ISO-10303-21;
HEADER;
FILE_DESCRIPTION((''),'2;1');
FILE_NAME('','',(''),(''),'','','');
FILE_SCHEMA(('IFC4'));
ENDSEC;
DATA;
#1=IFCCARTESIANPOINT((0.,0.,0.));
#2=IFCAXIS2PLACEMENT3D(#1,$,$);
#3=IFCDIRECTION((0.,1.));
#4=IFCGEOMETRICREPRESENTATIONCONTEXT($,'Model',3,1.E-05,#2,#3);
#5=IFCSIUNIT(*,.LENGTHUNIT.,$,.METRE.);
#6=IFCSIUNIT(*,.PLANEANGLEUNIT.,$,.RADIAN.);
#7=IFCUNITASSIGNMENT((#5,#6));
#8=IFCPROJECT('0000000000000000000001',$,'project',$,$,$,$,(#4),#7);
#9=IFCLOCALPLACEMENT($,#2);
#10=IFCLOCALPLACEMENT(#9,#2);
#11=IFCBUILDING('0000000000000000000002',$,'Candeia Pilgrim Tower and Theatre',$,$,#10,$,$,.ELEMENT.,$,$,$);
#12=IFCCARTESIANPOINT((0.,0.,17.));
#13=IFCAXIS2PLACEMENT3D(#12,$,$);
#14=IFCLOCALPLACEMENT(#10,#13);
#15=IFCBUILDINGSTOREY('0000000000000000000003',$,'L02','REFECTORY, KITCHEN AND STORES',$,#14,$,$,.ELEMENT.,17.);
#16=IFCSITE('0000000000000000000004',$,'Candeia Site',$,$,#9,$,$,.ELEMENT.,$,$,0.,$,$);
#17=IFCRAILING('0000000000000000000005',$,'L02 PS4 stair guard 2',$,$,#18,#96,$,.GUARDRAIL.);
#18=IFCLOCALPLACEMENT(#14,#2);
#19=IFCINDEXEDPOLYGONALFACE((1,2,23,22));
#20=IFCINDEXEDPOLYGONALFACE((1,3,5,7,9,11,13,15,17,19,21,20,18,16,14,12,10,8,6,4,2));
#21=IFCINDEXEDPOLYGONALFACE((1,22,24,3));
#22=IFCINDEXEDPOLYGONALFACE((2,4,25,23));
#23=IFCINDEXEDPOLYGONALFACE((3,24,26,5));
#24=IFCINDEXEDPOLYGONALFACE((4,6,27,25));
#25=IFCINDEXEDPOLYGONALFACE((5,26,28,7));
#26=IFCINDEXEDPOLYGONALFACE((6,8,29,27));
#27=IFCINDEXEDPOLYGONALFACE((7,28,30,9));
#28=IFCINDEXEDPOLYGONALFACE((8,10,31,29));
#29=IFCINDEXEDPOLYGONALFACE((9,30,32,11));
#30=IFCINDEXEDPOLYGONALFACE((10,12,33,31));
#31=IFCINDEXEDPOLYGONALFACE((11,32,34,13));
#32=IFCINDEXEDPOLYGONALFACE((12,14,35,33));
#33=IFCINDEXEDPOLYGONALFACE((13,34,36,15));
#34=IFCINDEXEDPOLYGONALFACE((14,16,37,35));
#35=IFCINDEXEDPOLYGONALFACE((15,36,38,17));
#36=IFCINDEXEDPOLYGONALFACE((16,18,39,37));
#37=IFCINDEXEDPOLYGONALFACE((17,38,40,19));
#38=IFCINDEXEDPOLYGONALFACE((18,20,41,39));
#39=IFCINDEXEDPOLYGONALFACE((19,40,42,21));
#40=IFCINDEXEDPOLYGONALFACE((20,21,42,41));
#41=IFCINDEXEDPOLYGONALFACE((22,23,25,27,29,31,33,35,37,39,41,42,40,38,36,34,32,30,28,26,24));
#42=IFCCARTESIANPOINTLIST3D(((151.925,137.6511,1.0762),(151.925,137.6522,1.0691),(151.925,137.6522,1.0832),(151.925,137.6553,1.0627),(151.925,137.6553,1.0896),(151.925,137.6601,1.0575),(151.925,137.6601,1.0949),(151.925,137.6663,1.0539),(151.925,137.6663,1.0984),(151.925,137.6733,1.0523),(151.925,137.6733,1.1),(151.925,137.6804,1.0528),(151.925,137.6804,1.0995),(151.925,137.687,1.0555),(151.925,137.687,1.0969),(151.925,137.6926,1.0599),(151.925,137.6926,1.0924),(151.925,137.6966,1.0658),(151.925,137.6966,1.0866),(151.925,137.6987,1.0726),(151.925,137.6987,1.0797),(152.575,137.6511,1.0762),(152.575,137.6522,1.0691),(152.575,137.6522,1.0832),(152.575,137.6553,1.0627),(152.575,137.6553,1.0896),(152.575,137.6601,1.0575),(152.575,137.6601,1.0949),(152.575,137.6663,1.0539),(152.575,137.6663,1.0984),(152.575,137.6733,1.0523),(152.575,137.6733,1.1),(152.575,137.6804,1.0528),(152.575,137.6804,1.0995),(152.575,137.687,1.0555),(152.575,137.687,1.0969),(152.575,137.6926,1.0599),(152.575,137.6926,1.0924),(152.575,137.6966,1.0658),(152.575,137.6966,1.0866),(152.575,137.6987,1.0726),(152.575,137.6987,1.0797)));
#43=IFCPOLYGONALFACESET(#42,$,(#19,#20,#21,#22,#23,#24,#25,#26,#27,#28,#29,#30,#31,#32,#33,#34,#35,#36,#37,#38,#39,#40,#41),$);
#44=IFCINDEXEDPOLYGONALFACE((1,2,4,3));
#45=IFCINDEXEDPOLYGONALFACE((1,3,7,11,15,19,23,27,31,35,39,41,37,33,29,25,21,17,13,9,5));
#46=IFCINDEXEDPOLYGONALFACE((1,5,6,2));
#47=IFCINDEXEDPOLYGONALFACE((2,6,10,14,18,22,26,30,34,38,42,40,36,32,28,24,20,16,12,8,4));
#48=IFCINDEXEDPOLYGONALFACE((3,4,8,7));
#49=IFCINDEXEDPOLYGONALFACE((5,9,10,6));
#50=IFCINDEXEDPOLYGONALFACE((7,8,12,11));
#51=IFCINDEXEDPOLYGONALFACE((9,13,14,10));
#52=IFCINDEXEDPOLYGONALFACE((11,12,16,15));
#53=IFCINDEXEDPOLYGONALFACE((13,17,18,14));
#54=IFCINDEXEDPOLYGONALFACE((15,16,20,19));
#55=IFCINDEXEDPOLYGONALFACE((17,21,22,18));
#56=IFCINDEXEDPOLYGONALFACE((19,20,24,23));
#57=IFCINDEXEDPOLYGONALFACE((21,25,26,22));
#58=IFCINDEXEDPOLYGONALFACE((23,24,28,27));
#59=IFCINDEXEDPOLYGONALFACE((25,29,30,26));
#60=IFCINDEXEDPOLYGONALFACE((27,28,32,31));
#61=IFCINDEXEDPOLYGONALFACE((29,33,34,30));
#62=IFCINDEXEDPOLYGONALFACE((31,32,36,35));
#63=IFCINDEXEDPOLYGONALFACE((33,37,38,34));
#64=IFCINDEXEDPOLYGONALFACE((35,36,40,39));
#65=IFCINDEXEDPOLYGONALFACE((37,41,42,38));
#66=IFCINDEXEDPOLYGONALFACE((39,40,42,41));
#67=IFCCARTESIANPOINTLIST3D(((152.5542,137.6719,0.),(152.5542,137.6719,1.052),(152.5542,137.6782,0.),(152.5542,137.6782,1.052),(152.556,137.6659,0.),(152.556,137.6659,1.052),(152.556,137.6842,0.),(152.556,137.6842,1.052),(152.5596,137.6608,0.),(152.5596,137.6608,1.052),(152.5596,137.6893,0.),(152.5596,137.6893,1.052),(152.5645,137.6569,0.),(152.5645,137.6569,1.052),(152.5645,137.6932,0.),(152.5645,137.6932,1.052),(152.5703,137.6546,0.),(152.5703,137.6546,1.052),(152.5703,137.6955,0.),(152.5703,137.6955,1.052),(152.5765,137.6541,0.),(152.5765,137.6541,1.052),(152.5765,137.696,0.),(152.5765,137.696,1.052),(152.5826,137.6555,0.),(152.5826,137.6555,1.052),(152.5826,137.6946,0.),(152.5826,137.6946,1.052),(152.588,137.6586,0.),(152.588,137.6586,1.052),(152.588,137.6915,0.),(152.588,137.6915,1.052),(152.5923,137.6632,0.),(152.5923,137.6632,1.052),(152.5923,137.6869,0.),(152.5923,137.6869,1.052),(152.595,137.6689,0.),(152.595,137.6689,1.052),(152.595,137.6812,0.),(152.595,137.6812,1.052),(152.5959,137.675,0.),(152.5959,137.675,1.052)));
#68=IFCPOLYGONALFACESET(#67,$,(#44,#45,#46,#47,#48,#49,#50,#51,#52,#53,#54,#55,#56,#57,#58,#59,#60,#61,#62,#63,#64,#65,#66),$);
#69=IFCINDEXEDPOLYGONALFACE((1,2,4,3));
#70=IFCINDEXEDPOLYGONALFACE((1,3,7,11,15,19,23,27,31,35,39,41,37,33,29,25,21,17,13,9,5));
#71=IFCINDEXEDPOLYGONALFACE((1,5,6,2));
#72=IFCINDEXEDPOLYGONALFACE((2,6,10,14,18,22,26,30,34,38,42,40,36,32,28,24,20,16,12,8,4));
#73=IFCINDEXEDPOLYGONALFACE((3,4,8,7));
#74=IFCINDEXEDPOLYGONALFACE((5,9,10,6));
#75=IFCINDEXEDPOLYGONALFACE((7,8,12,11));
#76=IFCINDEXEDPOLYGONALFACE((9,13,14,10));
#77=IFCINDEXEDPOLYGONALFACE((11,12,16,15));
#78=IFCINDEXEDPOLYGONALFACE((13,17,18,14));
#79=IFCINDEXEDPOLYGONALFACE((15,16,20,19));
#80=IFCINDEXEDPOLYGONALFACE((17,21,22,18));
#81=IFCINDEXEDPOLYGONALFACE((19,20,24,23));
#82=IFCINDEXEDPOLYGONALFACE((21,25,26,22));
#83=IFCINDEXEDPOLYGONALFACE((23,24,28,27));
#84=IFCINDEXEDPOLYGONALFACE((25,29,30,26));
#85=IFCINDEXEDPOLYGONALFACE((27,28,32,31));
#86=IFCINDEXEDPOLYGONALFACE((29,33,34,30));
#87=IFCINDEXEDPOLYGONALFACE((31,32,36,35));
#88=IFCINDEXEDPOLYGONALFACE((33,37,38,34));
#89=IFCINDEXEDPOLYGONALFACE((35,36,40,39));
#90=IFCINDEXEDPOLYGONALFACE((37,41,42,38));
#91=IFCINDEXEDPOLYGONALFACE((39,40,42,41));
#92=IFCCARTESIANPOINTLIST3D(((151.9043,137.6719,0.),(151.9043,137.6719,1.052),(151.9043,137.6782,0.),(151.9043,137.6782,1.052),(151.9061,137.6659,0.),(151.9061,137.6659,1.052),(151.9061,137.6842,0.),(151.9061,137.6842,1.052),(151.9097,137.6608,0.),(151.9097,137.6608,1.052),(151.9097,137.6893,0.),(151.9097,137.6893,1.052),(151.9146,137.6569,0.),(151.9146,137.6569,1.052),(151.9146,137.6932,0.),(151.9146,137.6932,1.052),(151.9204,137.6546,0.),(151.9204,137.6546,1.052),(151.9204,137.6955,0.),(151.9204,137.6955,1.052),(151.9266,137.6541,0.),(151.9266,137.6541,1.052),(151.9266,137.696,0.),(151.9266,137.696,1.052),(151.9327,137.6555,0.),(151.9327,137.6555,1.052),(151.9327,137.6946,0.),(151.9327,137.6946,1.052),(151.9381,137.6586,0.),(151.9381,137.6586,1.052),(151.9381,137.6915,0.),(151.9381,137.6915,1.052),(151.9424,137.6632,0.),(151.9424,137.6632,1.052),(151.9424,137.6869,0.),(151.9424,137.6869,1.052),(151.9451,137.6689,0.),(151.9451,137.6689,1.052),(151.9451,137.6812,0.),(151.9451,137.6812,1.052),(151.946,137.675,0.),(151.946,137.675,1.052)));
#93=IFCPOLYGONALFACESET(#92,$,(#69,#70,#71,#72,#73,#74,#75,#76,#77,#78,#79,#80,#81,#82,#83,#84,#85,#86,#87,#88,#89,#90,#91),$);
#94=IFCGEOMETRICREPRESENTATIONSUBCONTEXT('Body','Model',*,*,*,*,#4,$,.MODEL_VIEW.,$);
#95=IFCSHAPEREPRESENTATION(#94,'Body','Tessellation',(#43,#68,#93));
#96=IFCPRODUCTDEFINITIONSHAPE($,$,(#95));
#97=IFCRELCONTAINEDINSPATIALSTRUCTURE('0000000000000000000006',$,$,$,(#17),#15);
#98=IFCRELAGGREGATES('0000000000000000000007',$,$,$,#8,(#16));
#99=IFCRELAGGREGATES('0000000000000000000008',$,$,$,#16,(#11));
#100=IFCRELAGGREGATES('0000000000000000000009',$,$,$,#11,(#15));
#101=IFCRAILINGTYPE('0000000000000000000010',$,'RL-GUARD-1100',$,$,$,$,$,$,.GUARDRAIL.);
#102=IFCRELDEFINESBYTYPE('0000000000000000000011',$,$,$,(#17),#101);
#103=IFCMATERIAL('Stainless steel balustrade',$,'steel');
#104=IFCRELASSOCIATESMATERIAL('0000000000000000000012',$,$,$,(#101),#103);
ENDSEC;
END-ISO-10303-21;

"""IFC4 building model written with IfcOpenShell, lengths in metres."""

from ifc_helpers import new_model, si_unit, direction, frame, origin, origin_2d, place, context, subcontext, project, spatial, circle, extrude, material, type_object, element, save


model = new_model("IFC4")

# Units and contexts
model_context = context("Model", 3, precision=1e-05, world=origin(), true_north=direction((0.0, 1.0)))
body_context = subcontext(model_context, "Body", "Model", "MODEL_VIEW")
ifc_project = project(units=[si_unit("LENGTHUNIT", "METRE"), si_unit("PLANEANGLEUNIT", "RADIAN")], contexts=[model_context])

# Site, building, storey
site_placement = place(None, origin())
site = spatial("IfcSite", under=ifc_project, at=site_placement, Name="Candeia Site", CompositionType="ELEMENT", RefElevation=0.0)
building_placement = place(site_placement, origin())
building = spatial("IfcBuilding", under=site, at=building_placement, Name="Candeia Pilgrim Tower and Theatre", CompositionType="ELEMENT")
storey_placement = place(building_placement, frame((0.0, 0.0, 17.0)))
storey = spatial("IfcBuildingStorey", under=building, at=storey_placement, Name="L02", Description="REFECTORY, KITCHEN AND STORES", CompositionType="ELEMENT", Elevation=17.0)

# Railing
ifc_material_1 = material(Name="Stainless steel balustrade", Category="steel")
railing_type_1 = type_object("IfcRailingType", Name="RL-GUARD-1100", PredefinedType="GUARDRAIL", material=ifc_material_1)
railing_1_placement = place(storey_placement, frame((152.575, 137.675, 0.0)))
element("IfcRailing", 1, at=railing_1_placement, inside=storey, type_object=railing_type_1, Name="L02 PS4 stair guard 2", PredefinedType="GUARDRAIL", context=body_context, shape_type="SweptSolid", body=[
    extrude(circle(Radius=0.0239, at=origin_2d()), frame((0.0, 0.0, 1.0762), z_axis=(-1.0, 0.0, 0.0), x_axis=(0.0, -1.0, 0.0)), (0.0, 0.0, 1.0), 0.6499),
    extrude(circle(Radius=0.021, at=origin_2d()), origin(), (0.0, 0.0, 1.0), 1.052),
    extrude(circle(Radius=0.021, at=origin_2d()), frame((-0.6499, 0.0, 0.0)), (0.0, 0.0, 1.0), 1.052),
])

save(model, "model.ifc")
